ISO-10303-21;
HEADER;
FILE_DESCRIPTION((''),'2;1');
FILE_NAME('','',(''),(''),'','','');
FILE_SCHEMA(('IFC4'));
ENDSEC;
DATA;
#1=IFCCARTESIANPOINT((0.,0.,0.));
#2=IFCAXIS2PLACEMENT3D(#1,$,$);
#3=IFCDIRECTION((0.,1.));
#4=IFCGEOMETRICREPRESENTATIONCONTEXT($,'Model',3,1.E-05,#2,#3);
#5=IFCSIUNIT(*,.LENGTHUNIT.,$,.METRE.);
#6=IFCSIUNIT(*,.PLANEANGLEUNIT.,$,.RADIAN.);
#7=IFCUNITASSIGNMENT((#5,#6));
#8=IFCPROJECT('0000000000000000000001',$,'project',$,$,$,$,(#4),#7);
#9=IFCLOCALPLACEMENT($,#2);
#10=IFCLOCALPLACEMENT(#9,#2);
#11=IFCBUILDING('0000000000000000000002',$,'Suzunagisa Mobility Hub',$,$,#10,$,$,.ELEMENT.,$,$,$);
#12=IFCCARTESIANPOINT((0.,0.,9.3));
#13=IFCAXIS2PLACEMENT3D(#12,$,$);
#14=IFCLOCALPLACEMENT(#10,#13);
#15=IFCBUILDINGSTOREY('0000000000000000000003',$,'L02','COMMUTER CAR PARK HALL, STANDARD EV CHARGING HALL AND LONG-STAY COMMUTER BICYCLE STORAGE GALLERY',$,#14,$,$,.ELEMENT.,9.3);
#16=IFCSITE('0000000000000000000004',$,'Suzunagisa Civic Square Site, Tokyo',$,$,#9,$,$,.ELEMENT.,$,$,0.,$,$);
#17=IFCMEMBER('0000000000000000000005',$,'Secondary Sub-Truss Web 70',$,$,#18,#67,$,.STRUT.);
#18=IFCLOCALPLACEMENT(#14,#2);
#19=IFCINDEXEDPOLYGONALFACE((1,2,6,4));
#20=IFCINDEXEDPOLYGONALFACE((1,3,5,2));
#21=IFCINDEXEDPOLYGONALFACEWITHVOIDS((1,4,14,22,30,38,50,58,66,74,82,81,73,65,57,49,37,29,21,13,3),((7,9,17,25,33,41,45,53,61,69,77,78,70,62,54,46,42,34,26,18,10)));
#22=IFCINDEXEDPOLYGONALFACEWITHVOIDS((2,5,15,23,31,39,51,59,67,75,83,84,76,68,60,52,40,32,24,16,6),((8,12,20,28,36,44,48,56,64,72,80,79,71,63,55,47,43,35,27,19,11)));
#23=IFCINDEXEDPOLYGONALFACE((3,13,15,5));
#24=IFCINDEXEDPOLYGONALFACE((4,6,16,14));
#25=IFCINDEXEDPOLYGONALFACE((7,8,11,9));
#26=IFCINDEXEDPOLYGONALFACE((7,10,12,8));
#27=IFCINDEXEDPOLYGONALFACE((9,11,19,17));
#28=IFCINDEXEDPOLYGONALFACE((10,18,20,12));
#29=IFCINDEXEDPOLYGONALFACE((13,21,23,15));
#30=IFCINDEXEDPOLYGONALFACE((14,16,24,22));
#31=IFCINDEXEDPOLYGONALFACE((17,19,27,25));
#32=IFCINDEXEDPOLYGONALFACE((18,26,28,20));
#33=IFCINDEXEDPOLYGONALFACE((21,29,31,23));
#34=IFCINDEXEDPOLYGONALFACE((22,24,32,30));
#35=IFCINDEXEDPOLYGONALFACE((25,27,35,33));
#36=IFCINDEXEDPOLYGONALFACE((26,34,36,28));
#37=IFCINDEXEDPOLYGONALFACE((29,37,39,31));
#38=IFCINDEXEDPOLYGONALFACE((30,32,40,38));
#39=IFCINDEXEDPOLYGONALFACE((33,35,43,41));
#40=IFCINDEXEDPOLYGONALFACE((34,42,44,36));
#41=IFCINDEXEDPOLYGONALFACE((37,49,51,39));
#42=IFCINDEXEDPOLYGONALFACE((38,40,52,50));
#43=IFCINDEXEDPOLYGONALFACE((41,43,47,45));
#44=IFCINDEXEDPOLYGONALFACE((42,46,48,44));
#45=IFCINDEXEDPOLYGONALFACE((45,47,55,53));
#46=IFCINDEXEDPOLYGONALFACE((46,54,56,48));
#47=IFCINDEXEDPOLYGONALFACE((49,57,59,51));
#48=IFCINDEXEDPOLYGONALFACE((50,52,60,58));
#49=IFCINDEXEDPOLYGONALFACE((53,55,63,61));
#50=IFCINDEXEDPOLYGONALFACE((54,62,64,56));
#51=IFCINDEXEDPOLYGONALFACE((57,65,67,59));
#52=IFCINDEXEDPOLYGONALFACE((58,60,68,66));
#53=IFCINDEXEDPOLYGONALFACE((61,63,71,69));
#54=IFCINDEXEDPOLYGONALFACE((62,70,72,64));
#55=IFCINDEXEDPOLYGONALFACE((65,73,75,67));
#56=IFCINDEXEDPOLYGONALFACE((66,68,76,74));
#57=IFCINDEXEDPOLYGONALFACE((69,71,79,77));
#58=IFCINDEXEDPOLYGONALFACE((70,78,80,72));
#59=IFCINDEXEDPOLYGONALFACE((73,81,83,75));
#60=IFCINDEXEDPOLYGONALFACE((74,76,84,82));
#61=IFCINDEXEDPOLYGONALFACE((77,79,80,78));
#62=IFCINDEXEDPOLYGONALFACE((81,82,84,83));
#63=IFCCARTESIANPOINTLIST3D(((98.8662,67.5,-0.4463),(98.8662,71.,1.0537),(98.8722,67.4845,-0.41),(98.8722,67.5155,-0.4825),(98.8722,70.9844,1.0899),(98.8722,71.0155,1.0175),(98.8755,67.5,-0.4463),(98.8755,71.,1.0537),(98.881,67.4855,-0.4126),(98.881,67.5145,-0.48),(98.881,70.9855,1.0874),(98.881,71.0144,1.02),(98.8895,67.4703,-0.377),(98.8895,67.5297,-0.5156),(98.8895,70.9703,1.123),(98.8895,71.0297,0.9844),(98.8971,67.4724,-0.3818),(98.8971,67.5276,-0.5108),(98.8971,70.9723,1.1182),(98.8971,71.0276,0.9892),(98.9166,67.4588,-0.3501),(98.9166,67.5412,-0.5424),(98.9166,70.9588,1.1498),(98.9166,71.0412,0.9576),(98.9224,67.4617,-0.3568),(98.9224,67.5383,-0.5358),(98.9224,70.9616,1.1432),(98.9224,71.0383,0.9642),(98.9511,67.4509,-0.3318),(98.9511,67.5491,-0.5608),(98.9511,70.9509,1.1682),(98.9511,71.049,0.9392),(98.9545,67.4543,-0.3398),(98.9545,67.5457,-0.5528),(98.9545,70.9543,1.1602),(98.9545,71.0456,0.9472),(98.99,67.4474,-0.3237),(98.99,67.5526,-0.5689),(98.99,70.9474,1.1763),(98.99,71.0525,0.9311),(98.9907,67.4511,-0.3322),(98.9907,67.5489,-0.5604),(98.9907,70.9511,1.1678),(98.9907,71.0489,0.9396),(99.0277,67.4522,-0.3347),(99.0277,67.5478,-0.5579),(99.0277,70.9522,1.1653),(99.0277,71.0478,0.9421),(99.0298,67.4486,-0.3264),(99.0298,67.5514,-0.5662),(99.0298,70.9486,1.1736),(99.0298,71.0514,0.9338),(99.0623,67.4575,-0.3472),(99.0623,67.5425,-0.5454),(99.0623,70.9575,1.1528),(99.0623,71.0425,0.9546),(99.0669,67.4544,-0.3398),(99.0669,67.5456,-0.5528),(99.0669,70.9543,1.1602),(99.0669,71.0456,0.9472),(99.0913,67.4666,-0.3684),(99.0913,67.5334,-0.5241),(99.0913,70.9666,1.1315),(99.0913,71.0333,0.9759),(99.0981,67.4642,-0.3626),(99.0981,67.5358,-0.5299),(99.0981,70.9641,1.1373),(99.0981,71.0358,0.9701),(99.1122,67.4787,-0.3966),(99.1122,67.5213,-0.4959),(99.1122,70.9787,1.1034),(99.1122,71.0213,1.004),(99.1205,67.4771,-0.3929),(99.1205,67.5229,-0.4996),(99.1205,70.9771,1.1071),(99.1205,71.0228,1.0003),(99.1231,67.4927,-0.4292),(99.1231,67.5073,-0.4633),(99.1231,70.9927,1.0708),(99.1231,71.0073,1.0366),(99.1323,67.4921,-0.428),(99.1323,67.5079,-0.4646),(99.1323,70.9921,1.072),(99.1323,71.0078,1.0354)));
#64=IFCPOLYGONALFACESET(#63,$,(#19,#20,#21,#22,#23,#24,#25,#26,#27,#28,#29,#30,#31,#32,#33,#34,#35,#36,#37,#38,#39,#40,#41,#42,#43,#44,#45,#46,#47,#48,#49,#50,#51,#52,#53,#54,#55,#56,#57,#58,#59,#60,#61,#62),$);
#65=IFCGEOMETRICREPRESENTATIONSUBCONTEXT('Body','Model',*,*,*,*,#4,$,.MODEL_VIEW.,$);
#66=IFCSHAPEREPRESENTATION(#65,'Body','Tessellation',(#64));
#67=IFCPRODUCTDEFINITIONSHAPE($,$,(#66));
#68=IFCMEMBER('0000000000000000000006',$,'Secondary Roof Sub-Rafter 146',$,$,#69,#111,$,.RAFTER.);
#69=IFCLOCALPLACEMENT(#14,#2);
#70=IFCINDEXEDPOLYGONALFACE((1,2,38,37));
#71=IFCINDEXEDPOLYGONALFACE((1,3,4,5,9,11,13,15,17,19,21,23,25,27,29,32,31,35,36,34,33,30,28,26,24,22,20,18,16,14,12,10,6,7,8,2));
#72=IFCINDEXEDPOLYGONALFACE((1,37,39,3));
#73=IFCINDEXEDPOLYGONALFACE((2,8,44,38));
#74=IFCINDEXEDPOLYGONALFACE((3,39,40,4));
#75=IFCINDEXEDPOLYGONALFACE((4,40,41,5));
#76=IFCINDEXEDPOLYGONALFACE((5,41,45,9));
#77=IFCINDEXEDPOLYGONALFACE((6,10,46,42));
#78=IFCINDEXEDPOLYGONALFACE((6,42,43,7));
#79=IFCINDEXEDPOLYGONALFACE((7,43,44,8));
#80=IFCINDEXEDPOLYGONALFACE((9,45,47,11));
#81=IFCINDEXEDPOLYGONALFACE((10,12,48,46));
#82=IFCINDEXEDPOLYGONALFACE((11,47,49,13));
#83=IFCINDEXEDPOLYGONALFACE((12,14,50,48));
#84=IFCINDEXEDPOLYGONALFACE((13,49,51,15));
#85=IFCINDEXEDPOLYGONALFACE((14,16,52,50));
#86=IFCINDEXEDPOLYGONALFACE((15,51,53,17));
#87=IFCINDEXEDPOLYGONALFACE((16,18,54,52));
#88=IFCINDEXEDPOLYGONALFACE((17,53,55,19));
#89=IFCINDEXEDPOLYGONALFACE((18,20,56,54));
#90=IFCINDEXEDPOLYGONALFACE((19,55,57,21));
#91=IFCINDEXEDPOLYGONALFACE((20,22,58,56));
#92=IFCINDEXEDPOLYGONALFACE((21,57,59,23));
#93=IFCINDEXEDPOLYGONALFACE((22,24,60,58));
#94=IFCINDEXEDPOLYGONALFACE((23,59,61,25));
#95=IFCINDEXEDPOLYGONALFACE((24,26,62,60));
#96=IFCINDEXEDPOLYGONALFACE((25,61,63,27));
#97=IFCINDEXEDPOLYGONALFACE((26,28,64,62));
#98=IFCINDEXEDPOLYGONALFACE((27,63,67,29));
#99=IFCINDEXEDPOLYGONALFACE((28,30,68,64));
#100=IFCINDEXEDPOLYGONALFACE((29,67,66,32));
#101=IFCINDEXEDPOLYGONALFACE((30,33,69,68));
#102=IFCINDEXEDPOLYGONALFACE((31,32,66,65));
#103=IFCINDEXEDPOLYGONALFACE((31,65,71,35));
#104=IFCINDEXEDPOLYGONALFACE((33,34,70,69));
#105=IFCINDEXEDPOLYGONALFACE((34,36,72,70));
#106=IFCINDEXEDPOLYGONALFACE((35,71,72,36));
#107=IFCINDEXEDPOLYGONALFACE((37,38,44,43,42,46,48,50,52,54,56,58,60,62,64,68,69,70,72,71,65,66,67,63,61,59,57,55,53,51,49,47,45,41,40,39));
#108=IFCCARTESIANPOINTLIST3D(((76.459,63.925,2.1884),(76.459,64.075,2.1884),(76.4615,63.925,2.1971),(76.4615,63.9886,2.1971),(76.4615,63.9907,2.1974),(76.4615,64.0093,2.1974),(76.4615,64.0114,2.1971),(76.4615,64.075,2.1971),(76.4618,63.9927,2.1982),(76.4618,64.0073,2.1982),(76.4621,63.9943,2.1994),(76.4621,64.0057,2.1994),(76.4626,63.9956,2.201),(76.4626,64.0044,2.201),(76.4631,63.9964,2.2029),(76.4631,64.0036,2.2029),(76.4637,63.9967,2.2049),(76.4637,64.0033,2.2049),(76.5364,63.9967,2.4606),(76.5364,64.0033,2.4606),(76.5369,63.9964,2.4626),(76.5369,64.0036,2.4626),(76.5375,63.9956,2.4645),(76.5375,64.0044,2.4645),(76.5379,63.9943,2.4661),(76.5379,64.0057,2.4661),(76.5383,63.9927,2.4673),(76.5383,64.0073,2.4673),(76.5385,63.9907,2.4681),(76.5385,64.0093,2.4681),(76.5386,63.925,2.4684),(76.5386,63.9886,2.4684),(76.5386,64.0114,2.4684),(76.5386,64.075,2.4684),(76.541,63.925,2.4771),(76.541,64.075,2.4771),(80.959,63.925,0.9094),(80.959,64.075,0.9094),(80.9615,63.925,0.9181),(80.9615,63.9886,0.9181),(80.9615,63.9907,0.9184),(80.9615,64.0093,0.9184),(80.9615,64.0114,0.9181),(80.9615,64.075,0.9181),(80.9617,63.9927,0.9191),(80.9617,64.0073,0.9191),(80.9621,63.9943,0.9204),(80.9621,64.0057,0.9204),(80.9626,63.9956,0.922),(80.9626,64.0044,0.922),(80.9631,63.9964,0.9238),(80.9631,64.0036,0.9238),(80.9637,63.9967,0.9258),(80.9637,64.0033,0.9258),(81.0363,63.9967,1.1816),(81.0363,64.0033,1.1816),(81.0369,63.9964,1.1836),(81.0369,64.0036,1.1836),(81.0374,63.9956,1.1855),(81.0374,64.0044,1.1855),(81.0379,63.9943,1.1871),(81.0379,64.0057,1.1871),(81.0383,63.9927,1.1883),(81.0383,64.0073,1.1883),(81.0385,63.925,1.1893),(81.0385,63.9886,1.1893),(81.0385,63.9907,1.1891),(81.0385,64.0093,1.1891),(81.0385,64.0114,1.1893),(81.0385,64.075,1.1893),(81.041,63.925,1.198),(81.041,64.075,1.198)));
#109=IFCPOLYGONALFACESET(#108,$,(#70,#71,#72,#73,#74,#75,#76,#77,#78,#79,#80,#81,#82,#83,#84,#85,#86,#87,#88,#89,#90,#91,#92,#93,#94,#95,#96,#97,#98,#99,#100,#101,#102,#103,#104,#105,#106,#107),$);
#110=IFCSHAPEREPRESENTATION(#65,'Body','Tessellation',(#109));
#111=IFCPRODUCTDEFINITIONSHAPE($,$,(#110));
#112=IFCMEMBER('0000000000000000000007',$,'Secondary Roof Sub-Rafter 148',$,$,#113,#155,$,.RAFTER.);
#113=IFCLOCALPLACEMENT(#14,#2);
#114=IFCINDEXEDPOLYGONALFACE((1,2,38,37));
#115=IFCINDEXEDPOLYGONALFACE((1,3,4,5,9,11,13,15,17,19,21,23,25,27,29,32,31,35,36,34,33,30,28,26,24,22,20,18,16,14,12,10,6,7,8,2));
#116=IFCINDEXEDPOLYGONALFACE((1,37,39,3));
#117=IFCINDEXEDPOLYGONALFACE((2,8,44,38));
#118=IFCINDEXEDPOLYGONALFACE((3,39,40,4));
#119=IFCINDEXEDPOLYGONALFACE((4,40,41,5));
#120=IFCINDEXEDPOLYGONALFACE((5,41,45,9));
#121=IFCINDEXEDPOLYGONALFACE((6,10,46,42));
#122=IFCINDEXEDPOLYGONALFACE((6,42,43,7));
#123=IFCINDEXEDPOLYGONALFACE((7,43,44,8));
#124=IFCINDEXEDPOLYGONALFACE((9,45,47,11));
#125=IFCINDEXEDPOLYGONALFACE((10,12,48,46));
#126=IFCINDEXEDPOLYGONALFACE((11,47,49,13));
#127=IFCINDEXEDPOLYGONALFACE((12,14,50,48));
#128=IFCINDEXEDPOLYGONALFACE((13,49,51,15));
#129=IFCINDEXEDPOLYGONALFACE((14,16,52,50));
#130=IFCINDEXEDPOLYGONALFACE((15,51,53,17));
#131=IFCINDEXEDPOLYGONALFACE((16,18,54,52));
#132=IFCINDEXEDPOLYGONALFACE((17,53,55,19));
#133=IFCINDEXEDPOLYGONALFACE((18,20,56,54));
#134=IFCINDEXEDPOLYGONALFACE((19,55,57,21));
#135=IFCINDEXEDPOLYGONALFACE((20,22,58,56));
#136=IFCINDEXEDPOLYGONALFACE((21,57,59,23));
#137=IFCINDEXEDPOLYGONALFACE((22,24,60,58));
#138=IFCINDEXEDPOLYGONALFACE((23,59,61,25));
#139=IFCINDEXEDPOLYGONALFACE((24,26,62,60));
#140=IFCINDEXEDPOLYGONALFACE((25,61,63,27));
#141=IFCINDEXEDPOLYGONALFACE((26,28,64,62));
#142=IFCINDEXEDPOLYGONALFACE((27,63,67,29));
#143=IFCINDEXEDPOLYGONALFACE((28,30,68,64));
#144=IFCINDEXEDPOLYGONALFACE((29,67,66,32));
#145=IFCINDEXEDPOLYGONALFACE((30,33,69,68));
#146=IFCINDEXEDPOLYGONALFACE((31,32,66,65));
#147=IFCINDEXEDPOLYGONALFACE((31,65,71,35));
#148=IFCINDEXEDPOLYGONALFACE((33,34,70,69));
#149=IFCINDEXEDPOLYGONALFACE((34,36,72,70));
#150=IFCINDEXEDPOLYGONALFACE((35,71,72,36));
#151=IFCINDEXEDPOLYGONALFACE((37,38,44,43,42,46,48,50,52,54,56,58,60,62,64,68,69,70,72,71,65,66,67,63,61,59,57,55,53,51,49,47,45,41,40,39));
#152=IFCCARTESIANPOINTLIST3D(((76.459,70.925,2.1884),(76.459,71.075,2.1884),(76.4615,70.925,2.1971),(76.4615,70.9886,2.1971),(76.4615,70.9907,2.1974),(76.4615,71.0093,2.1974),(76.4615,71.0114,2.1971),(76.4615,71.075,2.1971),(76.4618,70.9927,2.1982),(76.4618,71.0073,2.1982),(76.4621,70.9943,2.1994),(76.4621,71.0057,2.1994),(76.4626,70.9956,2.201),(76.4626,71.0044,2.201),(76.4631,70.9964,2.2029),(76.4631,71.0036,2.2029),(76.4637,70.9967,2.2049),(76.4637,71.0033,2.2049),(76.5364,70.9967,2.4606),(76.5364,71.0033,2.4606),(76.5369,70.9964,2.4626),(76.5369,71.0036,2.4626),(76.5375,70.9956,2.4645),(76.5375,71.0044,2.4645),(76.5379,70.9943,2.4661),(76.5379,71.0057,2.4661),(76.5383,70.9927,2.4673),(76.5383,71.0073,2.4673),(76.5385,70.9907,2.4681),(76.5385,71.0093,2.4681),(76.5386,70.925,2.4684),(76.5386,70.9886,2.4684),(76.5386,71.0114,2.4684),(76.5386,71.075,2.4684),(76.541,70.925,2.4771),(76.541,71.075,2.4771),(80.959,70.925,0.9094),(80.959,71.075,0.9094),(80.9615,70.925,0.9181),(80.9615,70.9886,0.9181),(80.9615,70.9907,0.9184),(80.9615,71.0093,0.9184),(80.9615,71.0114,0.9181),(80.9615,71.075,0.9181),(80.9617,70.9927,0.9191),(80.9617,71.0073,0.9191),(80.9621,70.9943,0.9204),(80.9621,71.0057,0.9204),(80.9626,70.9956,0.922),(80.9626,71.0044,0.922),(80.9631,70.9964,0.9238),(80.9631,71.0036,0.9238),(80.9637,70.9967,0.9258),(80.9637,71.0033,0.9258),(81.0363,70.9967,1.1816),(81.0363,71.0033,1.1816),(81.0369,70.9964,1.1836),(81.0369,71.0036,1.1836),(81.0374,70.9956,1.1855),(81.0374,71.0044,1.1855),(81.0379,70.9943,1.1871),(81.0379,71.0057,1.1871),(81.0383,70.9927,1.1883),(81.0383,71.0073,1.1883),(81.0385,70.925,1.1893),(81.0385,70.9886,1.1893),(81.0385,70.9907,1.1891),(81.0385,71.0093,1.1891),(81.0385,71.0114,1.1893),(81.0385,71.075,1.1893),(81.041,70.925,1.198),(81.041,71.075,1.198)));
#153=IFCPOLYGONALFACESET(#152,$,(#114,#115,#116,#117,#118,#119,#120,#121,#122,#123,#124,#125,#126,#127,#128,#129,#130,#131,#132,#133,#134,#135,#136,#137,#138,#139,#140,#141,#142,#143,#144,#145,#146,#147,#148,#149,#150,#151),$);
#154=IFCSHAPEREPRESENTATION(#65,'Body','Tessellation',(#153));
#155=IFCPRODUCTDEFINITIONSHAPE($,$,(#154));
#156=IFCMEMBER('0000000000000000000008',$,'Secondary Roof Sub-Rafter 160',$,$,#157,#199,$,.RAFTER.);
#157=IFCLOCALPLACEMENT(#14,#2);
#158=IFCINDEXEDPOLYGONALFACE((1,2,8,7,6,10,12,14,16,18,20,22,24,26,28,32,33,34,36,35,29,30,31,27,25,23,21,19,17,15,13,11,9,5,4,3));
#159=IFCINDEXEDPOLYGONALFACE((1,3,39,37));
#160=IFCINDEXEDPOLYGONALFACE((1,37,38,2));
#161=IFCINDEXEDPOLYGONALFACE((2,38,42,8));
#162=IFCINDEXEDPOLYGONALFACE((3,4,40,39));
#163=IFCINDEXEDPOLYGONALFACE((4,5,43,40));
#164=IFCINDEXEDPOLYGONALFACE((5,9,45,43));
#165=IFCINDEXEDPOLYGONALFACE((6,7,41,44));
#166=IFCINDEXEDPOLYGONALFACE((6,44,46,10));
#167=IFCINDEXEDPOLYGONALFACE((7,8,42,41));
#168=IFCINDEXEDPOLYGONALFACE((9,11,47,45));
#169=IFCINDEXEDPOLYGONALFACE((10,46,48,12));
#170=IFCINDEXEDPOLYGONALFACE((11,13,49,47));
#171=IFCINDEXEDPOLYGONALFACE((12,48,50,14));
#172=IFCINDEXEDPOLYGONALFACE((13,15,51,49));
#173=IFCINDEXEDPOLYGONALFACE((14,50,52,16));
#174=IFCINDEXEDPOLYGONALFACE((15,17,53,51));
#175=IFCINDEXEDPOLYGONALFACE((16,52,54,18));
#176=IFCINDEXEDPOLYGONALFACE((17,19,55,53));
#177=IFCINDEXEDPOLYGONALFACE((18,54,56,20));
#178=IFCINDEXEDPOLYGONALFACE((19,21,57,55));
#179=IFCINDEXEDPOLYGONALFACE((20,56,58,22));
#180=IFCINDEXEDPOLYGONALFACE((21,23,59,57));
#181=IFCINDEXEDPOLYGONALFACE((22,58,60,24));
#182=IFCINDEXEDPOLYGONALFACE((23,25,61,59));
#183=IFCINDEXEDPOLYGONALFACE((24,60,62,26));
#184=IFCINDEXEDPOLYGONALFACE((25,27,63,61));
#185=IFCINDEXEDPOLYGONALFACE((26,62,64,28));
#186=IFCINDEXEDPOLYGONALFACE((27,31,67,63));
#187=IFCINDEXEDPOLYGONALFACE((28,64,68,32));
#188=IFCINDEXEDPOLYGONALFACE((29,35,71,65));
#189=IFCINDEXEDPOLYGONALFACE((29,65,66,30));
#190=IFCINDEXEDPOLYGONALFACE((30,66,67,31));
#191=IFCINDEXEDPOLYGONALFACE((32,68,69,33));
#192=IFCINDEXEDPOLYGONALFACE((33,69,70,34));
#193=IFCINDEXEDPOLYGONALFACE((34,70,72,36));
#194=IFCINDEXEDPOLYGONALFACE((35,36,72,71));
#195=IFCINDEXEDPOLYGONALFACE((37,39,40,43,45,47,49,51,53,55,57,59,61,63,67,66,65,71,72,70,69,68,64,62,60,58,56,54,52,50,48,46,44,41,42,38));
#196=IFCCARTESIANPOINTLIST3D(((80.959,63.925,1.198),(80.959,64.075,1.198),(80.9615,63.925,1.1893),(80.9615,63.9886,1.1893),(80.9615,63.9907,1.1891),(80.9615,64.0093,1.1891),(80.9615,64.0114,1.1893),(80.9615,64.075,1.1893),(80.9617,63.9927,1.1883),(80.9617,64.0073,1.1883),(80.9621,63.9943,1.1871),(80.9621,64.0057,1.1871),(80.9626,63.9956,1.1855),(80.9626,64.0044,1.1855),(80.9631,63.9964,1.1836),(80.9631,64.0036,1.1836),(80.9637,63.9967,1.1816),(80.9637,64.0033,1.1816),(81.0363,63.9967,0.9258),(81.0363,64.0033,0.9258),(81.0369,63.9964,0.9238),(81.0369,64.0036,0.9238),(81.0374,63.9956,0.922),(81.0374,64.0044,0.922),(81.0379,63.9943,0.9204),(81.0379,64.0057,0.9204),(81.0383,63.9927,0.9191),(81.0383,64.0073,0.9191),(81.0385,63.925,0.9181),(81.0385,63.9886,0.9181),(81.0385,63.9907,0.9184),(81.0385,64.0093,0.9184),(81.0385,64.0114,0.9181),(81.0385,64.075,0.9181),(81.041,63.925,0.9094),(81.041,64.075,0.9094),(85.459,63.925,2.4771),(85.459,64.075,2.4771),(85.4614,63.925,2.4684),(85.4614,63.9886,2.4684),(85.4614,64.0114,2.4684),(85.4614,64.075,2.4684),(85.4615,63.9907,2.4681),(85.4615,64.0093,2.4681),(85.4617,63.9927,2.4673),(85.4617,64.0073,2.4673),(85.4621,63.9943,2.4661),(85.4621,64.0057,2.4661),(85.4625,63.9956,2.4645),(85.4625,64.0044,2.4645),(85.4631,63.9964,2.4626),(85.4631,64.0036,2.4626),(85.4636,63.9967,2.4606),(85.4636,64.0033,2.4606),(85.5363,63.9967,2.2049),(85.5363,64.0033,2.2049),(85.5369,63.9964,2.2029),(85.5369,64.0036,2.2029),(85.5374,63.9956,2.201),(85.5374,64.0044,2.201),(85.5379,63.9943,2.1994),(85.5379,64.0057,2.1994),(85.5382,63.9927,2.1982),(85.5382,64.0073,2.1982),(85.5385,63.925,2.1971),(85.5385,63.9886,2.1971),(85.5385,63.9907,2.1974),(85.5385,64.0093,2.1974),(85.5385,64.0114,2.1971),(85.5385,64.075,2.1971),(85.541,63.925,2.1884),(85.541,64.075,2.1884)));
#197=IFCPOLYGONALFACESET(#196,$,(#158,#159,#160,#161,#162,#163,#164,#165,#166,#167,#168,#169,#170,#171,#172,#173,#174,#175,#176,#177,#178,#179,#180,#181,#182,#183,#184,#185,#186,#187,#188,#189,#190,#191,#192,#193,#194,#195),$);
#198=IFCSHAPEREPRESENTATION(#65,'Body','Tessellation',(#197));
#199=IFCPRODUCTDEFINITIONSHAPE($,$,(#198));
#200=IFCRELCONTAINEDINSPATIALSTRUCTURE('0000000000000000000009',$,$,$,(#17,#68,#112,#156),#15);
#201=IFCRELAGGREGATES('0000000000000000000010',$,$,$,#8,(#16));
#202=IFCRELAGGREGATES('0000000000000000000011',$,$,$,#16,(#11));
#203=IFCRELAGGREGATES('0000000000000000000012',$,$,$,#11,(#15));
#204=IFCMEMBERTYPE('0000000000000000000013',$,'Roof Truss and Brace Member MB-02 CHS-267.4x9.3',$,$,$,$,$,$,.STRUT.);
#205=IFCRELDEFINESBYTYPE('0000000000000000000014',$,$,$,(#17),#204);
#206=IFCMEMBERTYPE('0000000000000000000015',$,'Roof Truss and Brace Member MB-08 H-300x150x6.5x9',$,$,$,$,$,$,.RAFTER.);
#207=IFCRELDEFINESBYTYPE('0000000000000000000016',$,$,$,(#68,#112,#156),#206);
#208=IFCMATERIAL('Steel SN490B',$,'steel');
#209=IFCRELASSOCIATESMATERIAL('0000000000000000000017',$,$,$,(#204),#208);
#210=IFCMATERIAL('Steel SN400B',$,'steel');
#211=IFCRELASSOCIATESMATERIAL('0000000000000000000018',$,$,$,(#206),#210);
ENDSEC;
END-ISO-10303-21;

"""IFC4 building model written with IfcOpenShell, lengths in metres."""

from ifc_helpers import new_model, si_unit, direction, frame, origin, origin_2d, place, context, subcontext, project, spatial, hollow_circle, i_section, extrude, material, material_profile, profile_set, type_object, element, save


model = new_model("IFC4")

# Units and contexts
model_context = context("Model", 3, precision=1e-05, world=origin(), true_north=direction((0.0, 1.0)))
body_context = subcontext(model_context, "Body", "Model", "MODEL_VIEW")
ifc_project = project(units=[si_unit("LENGTHUNIT", "METRE"), si_unit("PLANEANGLEUNIT", "RADIAN")], contexts=[model_context])

# Site, building, storey
site_placement = place(None, origin())
site = spatial("IfcSite", under=ifc_project, at=site_placement, Name="Suzunagisa Civic Square Site, Tokyo", CompositionType="ELEMENT", RefElevation=0.0)
building_placement = place(site_placement, origin())
building = spatial("IfcBuilding", under=site, at=building_placement, Name="Suzunagisa Mobility Hub", CompositionType="ELEMENT")
storey_placement = place(building_placement, frame((0.0, 0.0, 9.3)))
storey = spatial("IfcBuildingStorey", under=building, at=storey_placement, Name="L02", Description="COMMUTER CAR PARK HALL, STANDARD EV CHARGING HALL AND LONG-STAY COMMUTER BICYCLE STORAGE GALLERY", CompositionType="ELEMENT", Elevation=9.3)

# Shared definitions
ifc_material_1 = material(Name="Steel SN490B", Category="steel")

# Members
ifc_material_profile_1 = material_profile(ifc_material_1, hollow_circle(Radius=0.1338, WallThickness=0.0093, at=origin_2d()), Name="CHS-267.4x9.3")
ifc_profile_set_1 = profile_set([ifc_material_profile_1], Name="Steel SN490B")
member_type_1 = type_object("IfcMemberType", Name="Roof Truss and Brace Member MB-02 CHS-267.4x9.3", PredefinedType="STRUT", material=ifc_profile_set_1)
for number, where, z_axis, x_axis, name in (
    (1, (99.0, 67.5, -0.4463), (0.0, 0.919145, 0.393919), (-1.0, 0.0, 0.0), "Secondary Sub-Truss Web 70"),
):
    element("IfcMember", number, at=place(storey_placement, frame(where, z_axis=z_axis, x_axis=x_axis)), inside=storey, type_object=member_type_1, Name=name, PredefinedType="STRUT", context=body_context, shape_type="SweptSolid", body=[
        extrude(hollow_circle(Radius=0.1338, WallThickness=0.0093, at=origin_2d()), origin(), (0.0, 0.0, 1.0), 3.8079),
    ])
ifc_material_2 = material(Name="Steel SN400B", Category="steel")
ifc_material_profile_2 = material_profile(ifc_material_2, i_section(OverallWidth=0.1499, OverallDepth=0.3, WebThickness=0.0066, FlangeThickness=0.009, FilletRadius=0.0081, at=origin_2d()), Name="H-300x150x6.5x9")
ifc_profile_set_2 = profile_set([ifc_material_profile_2], Name="Steel SN400B")
member_type_2 = type_object("IfcMemberType", Name="Roof Truss and Brace Member MB-08 H-300x150x6.5x9", PredefinedType="RAFTER", material=ifc_profile_set_2)
for number, where, z_axis, x_axis, name in (
    (2, (81.0, 64.0, 1.0537), (-0.961899, 0.0, 0.273404), (0.0, -1.0, 0.0), "Secondary Roof Sub-Rafter 146"),
    (3, (81.0, 71.0, 1.0537), (-0.961899, 0.0, 0.273404), (0.0, -1.0, 0.0), "Secondary Roof Sub-Rafter 148"),
    (4, (81.0, 64.0, 1.0537), (0.961899, 0.0, 0.273404), (0.0, 1.0, 0.0), "Secondary Roof Sub-Rafter 160"),
):
    element("IfcMember", number, at=place(storey_placement, frame(where, z_axis=z_axis, x_axis=x_axis)), inside=storey, type_object=member_type_2, Name=name, PredefinedType="RAFTER", context=body_context, shape_type="SweptSolid", body=[
        extrude(i_section(OverallWidth=0.1499, OverallDepth=0.3, WebThickness=0.0066, FlangeThickness=0.009, FilletRadius=0.0081, at=origin_2d()), origin(), (0.0, 0.0, 1.0), 4.6782),
    ])

save(model, "model.ifc")
